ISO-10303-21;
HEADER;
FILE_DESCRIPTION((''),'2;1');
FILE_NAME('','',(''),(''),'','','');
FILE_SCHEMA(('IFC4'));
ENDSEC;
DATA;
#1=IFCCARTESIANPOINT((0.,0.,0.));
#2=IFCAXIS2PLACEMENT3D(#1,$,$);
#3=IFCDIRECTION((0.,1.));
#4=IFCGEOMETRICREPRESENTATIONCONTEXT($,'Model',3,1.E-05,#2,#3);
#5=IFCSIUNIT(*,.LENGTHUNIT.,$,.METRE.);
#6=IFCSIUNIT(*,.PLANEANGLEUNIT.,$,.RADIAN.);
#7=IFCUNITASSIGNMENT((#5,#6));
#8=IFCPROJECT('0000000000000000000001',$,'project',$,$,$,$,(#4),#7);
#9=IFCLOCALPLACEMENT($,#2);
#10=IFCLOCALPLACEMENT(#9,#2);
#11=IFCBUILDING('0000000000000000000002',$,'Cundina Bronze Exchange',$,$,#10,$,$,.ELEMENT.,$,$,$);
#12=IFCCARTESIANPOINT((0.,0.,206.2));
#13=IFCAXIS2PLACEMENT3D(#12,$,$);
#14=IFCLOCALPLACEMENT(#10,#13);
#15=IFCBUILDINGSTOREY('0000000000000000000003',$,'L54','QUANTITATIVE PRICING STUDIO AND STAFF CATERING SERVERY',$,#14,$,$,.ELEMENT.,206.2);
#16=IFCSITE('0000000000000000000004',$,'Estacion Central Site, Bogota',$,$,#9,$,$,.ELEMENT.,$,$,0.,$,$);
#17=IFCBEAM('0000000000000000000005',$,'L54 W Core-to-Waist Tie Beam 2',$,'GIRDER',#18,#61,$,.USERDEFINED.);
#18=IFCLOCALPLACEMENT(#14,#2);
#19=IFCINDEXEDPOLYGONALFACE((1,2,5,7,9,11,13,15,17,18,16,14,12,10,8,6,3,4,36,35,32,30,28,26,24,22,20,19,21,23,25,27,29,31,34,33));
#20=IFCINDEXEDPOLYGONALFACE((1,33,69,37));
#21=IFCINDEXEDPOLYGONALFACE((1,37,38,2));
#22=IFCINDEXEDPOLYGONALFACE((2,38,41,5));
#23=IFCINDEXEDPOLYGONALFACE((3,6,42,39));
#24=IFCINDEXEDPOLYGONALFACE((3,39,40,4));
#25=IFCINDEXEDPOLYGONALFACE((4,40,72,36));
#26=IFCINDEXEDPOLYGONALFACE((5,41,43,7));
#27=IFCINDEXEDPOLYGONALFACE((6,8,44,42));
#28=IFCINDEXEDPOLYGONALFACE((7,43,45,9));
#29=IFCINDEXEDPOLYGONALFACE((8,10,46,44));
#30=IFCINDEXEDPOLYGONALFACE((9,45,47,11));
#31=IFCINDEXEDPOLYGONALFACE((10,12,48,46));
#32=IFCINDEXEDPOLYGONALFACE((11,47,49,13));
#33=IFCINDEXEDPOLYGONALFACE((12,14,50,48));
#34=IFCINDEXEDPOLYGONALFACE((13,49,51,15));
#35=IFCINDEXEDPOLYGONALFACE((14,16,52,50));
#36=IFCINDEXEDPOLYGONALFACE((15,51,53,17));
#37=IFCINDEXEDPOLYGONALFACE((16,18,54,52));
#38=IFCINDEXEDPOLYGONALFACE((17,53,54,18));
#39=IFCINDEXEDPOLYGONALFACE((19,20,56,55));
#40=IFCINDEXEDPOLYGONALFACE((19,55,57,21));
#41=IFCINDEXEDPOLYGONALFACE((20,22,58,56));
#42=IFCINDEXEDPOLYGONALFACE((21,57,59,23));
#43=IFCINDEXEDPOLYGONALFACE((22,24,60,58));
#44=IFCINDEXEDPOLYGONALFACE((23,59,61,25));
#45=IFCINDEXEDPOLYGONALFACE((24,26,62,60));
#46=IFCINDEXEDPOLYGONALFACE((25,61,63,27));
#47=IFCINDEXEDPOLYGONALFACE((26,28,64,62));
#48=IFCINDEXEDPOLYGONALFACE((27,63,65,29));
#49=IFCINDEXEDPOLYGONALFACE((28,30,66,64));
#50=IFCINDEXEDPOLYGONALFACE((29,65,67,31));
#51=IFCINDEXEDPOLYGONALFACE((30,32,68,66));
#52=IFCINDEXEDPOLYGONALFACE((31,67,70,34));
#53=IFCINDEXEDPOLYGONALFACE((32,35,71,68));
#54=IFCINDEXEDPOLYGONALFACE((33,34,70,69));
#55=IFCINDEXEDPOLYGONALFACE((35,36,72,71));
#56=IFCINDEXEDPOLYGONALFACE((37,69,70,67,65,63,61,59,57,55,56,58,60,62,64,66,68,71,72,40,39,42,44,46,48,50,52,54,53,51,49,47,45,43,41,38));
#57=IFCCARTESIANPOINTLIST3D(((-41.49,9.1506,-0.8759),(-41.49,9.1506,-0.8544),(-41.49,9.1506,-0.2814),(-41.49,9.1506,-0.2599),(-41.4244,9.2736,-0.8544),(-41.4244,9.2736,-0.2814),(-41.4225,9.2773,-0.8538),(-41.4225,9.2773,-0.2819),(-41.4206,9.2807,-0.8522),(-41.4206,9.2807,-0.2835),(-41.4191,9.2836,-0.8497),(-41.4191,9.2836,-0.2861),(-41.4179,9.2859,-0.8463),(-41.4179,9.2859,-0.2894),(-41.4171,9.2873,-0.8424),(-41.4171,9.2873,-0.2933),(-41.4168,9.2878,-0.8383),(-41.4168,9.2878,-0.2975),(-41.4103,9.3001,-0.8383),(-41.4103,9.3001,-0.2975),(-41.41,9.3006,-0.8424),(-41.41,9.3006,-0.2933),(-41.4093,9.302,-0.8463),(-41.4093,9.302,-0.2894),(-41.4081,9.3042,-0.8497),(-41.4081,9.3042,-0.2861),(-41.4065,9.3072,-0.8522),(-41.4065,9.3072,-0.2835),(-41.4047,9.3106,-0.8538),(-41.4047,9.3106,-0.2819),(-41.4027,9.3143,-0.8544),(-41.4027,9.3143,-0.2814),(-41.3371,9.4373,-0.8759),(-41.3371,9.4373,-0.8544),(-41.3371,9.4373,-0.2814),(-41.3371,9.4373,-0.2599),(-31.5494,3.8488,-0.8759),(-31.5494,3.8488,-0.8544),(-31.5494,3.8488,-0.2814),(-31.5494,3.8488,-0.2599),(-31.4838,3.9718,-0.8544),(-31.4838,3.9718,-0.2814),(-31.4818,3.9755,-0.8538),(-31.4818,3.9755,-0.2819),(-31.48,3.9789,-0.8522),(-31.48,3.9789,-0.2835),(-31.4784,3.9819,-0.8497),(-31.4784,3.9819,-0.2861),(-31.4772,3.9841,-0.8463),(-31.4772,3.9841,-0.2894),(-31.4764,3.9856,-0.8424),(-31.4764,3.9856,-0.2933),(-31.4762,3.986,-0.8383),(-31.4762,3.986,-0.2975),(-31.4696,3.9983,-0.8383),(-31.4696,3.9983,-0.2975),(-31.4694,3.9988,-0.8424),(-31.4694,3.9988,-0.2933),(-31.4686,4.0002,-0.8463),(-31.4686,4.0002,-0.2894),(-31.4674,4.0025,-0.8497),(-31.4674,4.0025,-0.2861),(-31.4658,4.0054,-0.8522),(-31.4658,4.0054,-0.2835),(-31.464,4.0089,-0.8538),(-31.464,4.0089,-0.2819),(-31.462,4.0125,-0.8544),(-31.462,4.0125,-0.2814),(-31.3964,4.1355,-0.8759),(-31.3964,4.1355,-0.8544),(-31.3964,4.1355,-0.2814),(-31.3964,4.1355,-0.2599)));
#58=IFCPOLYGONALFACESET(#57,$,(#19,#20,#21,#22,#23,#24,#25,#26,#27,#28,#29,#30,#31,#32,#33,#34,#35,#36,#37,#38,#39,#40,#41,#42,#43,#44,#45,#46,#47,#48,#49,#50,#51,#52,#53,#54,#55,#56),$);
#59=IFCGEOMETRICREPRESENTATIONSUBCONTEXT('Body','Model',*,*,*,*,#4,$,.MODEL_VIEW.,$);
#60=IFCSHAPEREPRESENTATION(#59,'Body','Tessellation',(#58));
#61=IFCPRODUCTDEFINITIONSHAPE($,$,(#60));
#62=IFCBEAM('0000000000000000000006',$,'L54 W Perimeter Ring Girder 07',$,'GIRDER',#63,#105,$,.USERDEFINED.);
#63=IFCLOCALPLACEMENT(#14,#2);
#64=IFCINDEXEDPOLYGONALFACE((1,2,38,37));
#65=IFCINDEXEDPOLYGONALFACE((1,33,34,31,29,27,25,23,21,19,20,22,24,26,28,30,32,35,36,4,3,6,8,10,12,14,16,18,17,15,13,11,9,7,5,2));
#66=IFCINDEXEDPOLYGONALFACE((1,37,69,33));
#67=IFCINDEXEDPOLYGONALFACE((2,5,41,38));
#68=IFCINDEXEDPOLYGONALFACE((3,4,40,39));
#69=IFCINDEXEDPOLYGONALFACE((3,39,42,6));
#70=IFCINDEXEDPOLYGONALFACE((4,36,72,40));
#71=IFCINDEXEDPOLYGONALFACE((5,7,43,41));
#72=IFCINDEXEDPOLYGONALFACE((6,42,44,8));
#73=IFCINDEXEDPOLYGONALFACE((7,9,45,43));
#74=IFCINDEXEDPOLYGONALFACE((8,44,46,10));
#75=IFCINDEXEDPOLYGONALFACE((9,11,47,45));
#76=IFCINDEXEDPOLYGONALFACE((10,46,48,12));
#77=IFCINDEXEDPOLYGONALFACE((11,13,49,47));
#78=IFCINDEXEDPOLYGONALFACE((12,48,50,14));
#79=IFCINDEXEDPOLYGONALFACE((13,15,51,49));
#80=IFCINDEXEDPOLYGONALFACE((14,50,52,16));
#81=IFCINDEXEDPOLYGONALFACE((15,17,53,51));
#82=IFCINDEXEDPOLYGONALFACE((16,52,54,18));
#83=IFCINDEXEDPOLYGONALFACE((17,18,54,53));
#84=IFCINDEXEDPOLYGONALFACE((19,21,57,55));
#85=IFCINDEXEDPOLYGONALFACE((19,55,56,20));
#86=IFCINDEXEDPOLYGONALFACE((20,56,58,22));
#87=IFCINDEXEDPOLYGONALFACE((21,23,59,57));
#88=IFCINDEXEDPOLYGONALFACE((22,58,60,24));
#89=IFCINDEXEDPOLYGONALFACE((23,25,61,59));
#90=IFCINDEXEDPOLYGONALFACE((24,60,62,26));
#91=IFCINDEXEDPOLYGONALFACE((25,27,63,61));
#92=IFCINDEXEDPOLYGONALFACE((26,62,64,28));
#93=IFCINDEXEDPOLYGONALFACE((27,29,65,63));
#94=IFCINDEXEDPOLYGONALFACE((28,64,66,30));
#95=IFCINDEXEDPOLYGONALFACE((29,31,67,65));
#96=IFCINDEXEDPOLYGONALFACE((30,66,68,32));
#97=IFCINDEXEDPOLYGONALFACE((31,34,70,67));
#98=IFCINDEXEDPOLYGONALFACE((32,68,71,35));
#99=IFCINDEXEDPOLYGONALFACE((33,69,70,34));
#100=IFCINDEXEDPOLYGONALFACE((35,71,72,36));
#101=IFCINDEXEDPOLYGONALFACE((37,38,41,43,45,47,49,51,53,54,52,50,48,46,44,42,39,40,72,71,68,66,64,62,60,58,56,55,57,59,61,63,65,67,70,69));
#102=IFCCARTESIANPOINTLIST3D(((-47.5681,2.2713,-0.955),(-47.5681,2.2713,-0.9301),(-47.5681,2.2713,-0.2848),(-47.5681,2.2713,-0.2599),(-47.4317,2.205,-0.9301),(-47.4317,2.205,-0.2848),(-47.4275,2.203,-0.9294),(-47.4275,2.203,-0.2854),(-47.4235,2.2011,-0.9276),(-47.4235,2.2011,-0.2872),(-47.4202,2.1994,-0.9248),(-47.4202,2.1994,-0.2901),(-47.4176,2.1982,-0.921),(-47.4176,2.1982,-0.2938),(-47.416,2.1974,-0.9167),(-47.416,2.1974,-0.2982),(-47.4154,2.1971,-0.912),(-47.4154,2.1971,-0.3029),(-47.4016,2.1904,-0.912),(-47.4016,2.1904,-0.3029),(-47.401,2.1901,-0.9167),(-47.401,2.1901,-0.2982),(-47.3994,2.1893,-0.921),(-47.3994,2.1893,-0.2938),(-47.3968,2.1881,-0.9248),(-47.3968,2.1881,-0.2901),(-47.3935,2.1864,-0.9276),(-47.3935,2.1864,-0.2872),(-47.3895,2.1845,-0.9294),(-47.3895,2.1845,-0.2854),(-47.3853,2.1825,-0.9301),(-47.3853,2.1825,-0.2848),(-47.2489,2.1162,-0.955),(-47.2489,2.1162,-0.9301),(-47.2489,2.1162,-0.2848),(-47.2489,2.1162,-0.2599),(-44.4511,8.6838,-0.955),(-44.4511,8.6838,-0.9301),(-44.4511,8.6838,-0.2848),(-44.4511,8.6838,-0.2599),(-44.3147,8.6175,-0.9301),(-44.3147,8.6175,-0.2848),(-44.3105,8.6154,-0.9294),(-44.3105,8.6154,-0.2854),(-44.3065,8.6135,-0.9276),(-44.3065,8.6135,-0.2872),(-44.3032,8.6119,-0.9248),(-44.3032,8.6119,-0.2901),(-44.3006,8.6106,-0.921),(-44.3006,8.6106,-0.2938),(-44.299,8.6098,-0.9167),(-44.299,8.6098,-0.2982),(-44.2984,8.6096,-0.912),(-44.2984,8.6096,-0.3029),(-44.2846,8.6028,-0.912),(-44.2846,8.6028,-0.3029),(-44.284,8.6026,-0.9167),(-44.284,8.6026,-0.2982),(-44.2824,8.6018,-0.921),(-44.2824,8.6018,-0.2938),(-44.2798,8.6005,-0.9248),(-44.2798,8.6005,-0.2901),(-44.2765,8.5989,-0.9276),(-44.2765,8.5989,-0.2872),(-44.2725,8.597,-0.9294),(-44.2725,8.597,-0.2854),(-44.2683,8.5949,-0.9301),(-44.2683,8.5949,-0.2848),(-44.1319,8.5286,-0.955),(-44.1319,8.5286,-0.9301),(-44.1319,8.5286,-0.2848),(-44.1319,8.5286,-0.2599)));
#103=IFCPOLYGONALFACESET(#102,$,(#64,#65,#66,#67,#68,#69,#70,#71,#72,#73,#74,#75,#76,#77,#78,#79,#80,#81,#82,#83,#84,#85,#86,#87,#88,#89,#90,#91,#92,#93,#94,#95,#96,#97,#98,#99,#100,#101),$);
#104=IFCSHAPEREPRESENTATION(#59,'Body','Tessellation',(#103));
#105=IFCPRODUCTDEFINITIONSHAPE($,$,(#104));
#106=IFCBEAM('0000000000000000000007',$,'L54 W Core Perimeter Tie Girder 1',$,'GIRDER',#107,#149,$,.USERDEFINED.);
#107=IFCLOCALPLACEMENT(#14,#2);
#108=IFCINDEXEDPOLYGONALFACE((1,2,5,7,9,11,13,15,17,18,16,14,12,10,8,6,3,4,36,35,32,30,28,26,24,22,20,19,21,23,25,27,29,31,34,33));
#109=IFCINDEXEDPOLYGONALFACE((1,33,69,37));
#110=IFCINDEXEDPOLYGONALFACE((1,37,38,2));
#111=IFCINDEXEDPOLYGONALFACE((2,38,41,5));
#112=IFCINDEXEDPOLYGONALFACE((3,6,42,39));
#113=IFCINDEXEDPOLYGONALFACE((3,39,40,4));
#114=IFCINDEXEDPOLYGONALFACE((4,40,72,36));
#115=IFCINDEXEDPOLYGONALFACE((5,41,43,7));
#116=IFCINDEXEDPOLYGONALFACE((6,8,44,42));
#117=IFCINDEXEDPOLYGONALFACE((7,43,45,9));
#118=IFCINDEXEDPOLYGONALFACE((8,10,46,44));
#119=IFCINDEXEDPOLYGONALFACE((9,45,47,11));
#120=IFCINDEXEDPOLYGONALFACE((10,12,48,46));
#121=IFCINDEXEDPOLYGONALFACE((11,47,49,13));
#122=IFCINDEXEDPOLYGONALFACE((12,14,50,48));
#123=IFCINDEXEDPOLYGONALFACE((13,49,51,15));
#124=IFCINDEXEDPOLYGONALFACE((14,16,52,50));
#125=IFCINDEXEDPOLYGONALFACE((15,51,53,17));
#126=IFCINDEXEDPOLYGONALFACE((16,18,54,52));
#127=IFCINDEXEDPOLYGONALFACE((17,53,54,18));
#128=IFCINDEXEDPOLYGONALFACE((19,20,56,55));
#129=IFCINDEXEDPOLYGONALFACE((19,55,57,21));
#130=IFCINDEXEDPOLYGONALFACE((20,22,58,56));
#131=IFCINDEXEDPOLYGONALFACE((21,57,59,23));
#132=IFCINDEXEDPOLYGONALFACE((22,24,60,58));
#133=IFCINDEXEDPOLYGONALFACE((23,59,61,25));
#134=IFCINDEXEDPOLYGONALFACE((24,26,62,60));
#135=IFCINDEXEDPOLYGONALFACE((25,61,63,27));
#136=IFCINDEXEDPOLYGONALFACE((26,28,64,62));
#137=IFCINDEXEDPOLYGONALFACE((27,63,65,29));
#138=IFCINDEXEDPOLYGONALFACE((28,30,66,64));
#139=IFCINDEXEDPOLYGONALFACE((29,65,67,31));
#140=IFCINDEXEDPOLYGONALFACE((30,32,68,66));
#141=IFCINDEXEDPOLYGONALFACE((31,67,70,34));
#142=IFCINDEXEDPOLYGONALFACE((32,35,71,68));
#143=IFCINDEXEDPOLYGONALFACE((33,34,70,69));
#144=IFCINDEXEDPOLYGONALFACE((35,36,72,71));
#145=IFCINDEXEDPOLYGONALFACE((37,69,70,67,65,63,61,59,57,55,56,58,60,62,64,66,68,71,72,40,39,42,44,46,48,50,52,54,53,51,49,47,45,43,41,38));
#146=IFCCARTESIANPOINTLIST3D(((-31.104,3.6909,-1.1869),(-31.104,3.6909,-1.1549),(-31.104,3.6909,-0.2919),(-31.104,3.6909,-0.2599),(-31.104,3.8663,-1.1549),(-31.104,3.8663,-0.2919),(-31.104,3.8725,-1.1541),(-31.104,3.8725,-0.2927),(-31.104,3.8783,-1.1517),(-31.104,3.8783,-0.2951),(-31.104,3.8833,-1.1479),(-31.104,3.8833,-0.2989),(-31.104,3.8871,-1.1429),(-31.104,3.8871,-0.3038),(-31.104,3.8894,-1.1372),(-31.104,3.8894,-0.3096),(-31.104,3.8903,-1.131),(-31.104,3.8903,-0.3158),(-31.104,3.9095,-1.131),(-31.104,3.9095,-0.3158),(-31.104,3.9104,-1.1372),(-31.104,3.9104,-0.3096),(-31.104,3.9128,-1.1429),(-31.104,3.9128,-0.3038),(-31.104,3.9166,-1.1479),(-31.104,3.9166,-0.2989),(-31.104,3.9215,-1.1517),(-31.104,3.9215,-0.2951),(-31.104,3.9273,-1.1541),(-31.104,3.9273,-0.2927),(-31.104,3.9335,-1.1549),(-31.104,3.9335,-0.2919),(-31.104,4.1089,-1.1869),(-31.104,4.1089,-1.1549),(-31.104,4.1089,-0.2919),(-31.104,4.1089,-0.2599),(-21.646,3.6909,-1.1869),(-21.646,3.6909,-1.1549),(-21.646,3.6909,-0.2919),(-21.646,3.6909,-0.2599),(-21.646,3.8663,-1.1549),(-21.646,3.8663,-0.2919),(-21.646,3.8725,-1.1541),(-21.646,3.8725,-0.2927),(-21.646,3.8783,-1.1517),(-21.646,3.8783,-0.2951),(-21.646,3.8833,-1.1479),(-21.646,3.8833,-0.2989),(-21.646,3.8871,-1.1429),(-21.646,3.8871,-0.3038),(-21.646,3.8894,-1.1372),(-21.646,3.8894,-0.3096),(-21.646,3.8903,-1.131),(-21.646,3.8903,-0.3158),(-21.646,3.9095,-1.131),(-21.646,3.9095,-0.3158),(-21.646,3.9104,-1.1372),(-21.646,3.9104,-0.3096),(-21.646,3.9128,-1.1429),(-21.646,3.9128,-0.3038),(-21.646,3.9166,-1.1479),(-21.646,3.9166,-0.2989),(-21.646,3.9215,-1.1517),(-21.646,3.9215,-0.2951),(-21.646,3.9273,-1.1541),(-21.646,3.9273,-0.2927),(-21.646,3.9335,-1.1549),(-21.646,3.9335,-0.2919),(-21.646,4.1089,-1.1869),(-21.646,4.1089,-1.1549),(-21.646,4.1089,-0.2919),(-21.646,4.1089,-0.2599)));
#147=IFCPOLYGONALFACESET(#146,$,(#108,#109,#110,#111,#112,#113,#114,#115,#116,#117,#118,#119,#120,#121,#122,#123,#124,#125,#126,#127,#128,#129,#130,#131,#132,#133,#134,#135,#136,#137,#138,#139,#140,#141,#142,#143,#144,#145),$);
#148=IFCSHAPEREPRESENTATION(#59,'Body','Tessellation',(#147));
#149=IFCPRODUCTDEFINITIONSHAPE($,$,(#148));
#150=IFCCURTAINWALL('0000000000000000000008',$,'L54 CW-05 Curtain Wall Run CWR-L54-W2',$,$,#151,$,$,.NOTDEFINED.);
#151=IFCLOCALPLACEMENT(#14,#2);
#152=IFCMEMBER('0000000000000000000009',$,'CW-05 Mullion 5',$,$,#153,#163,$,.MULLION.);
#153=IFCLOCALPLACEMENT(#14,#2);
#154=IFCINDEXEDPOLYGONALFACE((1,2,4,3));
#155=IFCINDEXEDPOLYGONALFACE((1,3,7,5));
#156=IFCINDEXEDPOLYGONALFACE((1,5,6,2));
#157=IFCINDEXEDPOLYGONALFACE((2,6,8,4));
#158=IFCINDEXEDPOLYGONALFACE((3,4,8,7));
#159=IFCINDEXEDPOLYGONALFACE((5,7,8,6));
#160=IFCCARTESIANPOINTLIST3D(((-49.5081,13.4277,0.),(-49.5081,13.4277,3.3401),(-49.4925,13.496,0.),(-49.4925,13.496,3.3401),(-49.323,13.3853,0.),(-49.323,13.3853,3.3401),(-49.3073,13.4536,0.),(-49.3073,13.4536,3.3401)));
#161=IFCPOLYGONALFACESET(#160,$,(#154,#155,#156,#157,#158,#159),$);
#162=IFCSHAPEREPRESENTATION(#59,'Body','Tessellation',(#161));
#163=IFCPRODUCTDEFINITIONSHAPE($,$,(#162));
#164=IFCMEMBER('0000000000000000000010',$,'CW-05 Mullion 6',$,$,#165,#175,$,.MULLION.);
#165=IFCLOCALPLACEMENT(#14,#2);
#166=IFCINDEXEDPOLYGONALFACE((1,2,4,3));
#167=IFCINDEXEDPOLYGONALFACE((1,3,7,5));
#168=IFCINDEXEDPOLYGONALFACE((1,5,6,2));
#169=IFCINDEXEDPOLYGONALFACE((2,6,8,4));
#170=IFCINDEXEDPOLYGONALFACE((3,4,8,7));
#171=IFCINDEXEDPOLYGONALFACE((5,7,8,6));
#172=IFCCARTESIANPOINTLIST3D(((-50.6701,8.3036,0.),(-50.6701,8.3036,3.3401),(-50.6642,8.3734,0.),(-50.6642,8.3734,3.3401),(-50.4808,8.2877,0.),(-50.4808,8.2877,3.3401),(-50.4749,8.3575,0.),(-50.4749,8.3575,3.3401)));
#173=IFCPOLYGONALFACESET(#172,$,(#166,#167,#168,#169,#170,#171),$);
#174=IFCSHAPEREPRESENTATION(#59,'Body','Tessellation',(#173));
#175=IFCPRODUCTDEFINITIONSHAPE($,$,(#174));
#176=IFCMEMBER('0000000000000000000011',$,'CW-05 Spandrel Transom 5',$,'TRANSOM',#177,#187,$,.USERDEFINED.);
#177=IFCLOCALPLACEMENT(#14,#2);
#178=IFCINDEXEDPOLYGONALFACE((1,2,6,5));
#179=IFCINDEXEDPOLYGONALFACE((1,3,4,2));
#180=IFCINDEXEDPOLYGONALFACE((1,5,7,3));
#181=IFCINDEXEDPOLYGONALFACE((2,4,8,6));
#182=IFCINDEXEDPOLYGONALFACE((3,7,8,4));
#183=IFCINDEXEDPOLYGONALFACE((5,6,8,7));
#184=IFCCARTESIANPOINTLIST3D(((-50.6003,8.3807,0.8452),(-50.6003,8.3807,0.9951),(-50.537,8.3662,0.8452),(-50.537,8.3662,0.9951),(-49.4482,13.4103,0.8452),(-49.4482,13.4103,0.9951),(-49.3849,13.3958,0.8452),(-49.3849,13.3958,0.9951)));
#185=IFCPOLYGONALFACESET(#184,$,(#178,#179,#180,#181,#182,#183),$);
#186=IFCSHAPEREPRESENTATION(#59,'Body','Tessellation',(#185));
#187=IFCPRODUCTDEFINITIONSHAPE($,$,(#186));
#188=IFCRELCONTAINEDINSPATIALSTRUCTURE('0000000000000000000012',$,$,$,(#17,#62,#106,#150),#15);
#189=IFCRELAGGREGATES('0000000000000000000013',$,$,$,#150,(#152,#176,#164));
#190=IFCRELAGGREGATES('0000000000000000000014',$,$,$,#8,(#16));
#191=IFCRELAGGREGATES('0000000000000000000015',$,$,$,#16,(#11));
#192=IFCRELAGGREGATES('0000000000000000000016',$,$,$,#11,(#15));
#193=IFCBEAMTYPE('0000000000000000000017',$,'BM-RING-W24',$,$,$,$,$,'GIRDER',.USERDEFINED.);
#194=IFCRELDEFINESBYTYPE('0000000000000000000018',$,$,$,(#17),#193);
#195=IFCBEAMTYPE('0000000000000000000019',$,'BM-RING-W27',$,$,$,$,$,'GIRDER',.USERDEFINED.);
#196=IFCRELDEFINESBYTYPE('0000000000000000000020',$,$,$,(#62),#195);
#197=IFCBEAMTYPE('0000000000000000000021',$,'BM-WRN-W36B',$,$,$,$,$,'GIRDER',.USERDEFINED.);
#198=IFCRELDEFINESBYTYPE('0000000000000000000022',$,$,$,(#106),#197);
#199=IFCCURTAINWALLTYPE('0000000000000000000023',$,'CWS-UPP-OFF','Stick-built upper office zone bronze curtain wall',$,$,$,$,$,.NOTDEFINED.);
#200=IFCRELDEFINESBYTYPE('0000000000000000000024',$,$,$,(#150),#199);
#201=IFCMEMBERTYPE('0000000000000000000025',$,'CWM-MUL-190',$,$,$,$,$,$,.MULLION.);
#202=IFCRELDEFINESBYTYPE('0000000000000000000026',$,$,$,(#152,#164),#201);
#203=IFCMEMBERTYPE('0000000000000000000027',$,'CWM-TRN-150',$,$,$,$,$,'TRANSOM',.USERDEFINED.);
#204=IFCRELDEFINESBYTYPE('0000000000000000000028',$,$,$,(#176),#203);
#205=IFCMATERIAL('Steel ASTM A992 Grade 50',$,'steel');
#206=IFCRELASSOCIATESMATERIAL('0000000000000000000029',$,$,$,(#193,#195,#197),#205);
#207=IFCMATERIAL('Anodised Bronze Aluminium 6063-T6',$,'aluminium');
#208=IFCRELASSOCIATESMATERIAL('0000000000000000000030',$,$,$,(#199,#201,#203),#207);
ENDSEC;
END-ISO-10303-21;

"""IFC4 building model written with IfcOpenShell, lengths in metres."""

from ifc_helpers import new_model, si_unit, direction, frame, origin, origin_2d, place, context, subcontext, project, spatial, rectangle, i_section, extrude, material, material_profile, profile_set, type_object, element, aggregate, save


model = new_model("IFC4")

# Units and contexts
model_context = context("Model", 3, precision=1e-05, world=origin(), true_north=direction((0.0, 1.0)))
body_context = subcontext(model_context, "Body", "Model", "MODEL_VIEW")
ifc_project = project(units=[si_unit("LENGTHUNIT", "METRE"), si_unit("PLANEANGLEUNIT", "RADIAN")], contexts=[model_context])

# Site, building, storey
site_placement = place(None, origin())
site = spatial("IfcSite", under=ifc_project, at=site_placement, Name="Estacion Central Site, Bogota", CompositionType="ELEMENT", RefElevation=0.0)
building_placement = place(site_placement, origin())
building = spatial("IfcBuilding", under=site, at=building_placement, Name="Cundina Bronze Exchange", CompositionType="ELEMENT")
storey_placement = place(building_placement, frame((0.0, 0.0, 206.2)))
storey = spatial("IfcBuildingStorey", under=building, at=storey_placement, Name="L54", Description="QUANTITATIVE PRICING STUDIO AND STAFF CATERING SERVERY", CompositionType="ELEMENT", Elevation=206.2)

# Shared definitions
ifc_material_1 = material(Name="Steel ASTM A992 Grade 50", Category="steel")

# Beams
ifc_material_profile_1 = material_profile(ifc_material_1, i_section(OverallWidth=0.325, OverallDepth=0.616, WebThickness=0.0139, FlangeThickness=0.0215, FilletRadius=0.0161, at=origin_2d()), Name="W24X117", Category="steel")
ifc_profile_set_1 = profile_set([ifc_material_profile_1], Name="Steel ASTM A992 Grade 50")
beam_type_1 = type_object("IfcBeamType", Name="BM-RING-W24", ElementType="GIRDER", PredefinedType="USERDEFINED", material=ifc_profile_set_1)
beam_1_placement = place(storey_placement, frame((-31.4729, 3.9922, -0.5679), z_axis=(-0.882351, 0.470593, 0.0), x_axis=(-0.470593, -0.882351, 0.0)))
element("IfcBeam", 1, at=beam_1_placement, inside=storey, type_object=beam_type_1, Name="L54 W Core-to-Waist Tie Beam 2", ObjectType="GIRDER", PredefinedType="USERDEFINED", context=body_context, shape_type="SweptSolid", body=[
    extrude(i_section(OverallWidth=0.325, OverallDepth=0.616, WebThickness=0.0139, FlangeThickness=0.0215, FilletRadius=0.0161, at=origin_2d()), origin(), (0.0, 0.0, 1.0), 11.2661),
])
ifc_material_profile_2 = material_profile(ifc_material_1, i_section(OverallWidth=0.355, OverallDepth=0.6951, WebThickness=0.0154, FlangeThickness=0.0249, FilletRadius=0.0181, at=origin_2d()), Name="W27X146", Category="steel")
ifc_profile_set_2 = profile_set([ifc_material_profile_2], Name="Steel ASTM A992 Grade 50")
beam_type_2 = type_object("IfcBeamType", Name="BM-RING-W27", ElementType="GIRDER", PredefinedType="USERDEFINED", material=ifc_profile_set_2)
beam_2_placement = place(storey_placement, frame((-44.2915, 8.6062, -0.6074), z_axis=(-0.437173, -0.899377, 0.0), x_axis=(0.899377, -0.437173, 0.0)))
element("IfcBeam", 2, at=beam_2_placement, inside=storey, type_object=beam_type_2, Name="L54 W Perimeter Ring Girder 07", ObjectType="GIRDER", PredefinedType="USERDEFINED", context=body_context, shape_type="SweptSolid", body=[
    extrude(i_section(OverallWidth=0.355, OverallDepth=0.6951, WebThickness=0.0154, FlangeThickness=0.0249, FilletRadius=0.0181, at=origin_2d()), origin(), (0.0, 0.0, 1.0), 7.1299),
])
ifc_material_profile_3 = material_profile(ifc_material_1, i_section(OverallWidth=0.418, OverallDepth=0.927, WebThickness=0.0193, FlangeThickness=0.032, FilletRadius=0.0239, at=origin_2d()), Name="W36X231", Category="steel")
ifc_profile_set_3 = profile_set([ifc_material_profile_3], Name="Steel ASTM A992 Grade 50")
beam_type_3 = type_object("IfcBeamType", Name="BM-WRN-W36B", ElementType="GIRDER", PredefinedType="USERDEFINED", material=ifc_profile_set_3)
beam_3_placement = place(storey_placement, frame((-31.104, 3.8999, -0.7234), z_axis=(1.0, 0.0, 0.0), x_axis=(0.0, 1.0, 0.0)))
element("IfcBeam", 3, at=beam_3_placement, inside=storey, type_object=beam_type_3, Name="L54 W Core Perimeter Tie Girder 1", ObjectType="GIRDER", PredefinedType="USERDEFINED", context=body_context, shape_type="SweptSolid", body=[
    extrude(i_section(OverallWidth=0.418, OverallDepth=0.927, WebThickness=0.0193, FlangeThickness=0.032, FilletRadius=0.0239, at=origin_2d()), origin(), (0.0, 0.0, 1.0), 9.458),
])

# Curtain wall, members
ifc_material_2 = material(Name="Anodised Bronze Aluminium 6063-T6", Category="aluminium")
curtain_wall_type = type_object("IfcCurtainWallType", Name="CWS-UPP-OFF", Description="Stick-built upper office zone bronze curtain wall", PredefinedType="NOTDEFINED", material=ifc_material_2)
curtain_wall_placement = place(storey_placement, origin())
curtain_wall = element("IfcCurtainWall", 4, at=curtain_wall_placement, inside=storey, type_object=curtain_wall_type, Name="L54 CW-05 Curtain Wall Run CWR-L54-W2", PredefinedType="NOTDEFINED")
ifc_material_profile_4 = material_profile(ifc_material_2, rectangle(XDim=0.0701, YDim=0.1899, at=origin_2d()), Name="AL70X190", Category="aluminium")
ifc_profile_set_4 = profile_set([ifc_material_profile_4], Name="Anodised Bronze Aluminium 6063-T6")
member_type_1 = type_object("IfcMemberType", Name="CWM-MUL-190", PredefinedType="MULLION", material=ifc_profile_set_4)
member_1_placement = place(storey_placement, frame((-49.4077, 13.4407, 0.0), z_axis=(0.0, 0.0, 1.0), x_axis=(-0.22325, -0.974761, 0.0)))
member_1 = element("IfcMember", 5, at=member_1_placement, type_object=member_type_1, Name="CW-05 Mullion 5", PredefinedType="MULLION", context=body_context, shape_type="SweptSolid", body=[
    extrude(rectangle(XDim=0.0701, YDim=0.1899, at=origin_2d()), origin(), (0.0, 0.0, 1.0), 3.3401),
])
member_2_placement = place(storey_placement, frame((-50.5725, 8.3306, 0.0), z_axis=(0.0, 0.0, 1.0), x_axis=(-0.083678, -0.996493, 0.0)))
member_2 = element("IfcMember", 6, at=member_2_placement, type_object=member_type_1, Name="CW-05 Mullion 6", PredefinedType="MULLION", context=body_context, shape_type="SweptSolid", body=[
    extrude(rectangle(XDim=0.0701, YDim=0.1899, at=origin_2d()), origin(), (0.0, 0.0, 1.0), 3.3401),
])
ifc_material_profile_5 = material_profile(ifc_material_2, rectangle(XDim=0.0649, YDim=0.1499, at=origin_2d()), Name="AL65X150", Category="aluminium")
ifc_profile_set_5 = profile_set([ifc_material_profile_5], Name="Anodised Bronze Aluminium 6063-T6")
member_type_2 = type_object("IfcMemberType", Name="CWM-TRN-150", ElementType="TRANSOM", PredefinedType="USERDEFINED", material=ifc_profile_set_5)
member_3_placement = place(storey_placement, frame((-49.4165, 13.4031, 0.9202), z_axis=(-0.223283, -0.974754, 0.0), x_axis=(0.974754, -0.223283, 0.0)))
member_3 = element("IfcMember", 7, at=member_3_placement, type_object=member_type_2, Name="CW-05 Spandrel Transom 5", ObjectType="TRANSOM", PredefinedType="USERDEFINED", context=body_context, shape_type="SweptSolid", body=[
    extrude(rectangle(XDim=0.0649, YDim=0.1499, at=origin_2d()), origin(), (0.0, 0.0, 1.0), 5.1599),
])
aggregate(curtain_wall, [member_1, member_3, member_2])

save(model, "model.ifc")
